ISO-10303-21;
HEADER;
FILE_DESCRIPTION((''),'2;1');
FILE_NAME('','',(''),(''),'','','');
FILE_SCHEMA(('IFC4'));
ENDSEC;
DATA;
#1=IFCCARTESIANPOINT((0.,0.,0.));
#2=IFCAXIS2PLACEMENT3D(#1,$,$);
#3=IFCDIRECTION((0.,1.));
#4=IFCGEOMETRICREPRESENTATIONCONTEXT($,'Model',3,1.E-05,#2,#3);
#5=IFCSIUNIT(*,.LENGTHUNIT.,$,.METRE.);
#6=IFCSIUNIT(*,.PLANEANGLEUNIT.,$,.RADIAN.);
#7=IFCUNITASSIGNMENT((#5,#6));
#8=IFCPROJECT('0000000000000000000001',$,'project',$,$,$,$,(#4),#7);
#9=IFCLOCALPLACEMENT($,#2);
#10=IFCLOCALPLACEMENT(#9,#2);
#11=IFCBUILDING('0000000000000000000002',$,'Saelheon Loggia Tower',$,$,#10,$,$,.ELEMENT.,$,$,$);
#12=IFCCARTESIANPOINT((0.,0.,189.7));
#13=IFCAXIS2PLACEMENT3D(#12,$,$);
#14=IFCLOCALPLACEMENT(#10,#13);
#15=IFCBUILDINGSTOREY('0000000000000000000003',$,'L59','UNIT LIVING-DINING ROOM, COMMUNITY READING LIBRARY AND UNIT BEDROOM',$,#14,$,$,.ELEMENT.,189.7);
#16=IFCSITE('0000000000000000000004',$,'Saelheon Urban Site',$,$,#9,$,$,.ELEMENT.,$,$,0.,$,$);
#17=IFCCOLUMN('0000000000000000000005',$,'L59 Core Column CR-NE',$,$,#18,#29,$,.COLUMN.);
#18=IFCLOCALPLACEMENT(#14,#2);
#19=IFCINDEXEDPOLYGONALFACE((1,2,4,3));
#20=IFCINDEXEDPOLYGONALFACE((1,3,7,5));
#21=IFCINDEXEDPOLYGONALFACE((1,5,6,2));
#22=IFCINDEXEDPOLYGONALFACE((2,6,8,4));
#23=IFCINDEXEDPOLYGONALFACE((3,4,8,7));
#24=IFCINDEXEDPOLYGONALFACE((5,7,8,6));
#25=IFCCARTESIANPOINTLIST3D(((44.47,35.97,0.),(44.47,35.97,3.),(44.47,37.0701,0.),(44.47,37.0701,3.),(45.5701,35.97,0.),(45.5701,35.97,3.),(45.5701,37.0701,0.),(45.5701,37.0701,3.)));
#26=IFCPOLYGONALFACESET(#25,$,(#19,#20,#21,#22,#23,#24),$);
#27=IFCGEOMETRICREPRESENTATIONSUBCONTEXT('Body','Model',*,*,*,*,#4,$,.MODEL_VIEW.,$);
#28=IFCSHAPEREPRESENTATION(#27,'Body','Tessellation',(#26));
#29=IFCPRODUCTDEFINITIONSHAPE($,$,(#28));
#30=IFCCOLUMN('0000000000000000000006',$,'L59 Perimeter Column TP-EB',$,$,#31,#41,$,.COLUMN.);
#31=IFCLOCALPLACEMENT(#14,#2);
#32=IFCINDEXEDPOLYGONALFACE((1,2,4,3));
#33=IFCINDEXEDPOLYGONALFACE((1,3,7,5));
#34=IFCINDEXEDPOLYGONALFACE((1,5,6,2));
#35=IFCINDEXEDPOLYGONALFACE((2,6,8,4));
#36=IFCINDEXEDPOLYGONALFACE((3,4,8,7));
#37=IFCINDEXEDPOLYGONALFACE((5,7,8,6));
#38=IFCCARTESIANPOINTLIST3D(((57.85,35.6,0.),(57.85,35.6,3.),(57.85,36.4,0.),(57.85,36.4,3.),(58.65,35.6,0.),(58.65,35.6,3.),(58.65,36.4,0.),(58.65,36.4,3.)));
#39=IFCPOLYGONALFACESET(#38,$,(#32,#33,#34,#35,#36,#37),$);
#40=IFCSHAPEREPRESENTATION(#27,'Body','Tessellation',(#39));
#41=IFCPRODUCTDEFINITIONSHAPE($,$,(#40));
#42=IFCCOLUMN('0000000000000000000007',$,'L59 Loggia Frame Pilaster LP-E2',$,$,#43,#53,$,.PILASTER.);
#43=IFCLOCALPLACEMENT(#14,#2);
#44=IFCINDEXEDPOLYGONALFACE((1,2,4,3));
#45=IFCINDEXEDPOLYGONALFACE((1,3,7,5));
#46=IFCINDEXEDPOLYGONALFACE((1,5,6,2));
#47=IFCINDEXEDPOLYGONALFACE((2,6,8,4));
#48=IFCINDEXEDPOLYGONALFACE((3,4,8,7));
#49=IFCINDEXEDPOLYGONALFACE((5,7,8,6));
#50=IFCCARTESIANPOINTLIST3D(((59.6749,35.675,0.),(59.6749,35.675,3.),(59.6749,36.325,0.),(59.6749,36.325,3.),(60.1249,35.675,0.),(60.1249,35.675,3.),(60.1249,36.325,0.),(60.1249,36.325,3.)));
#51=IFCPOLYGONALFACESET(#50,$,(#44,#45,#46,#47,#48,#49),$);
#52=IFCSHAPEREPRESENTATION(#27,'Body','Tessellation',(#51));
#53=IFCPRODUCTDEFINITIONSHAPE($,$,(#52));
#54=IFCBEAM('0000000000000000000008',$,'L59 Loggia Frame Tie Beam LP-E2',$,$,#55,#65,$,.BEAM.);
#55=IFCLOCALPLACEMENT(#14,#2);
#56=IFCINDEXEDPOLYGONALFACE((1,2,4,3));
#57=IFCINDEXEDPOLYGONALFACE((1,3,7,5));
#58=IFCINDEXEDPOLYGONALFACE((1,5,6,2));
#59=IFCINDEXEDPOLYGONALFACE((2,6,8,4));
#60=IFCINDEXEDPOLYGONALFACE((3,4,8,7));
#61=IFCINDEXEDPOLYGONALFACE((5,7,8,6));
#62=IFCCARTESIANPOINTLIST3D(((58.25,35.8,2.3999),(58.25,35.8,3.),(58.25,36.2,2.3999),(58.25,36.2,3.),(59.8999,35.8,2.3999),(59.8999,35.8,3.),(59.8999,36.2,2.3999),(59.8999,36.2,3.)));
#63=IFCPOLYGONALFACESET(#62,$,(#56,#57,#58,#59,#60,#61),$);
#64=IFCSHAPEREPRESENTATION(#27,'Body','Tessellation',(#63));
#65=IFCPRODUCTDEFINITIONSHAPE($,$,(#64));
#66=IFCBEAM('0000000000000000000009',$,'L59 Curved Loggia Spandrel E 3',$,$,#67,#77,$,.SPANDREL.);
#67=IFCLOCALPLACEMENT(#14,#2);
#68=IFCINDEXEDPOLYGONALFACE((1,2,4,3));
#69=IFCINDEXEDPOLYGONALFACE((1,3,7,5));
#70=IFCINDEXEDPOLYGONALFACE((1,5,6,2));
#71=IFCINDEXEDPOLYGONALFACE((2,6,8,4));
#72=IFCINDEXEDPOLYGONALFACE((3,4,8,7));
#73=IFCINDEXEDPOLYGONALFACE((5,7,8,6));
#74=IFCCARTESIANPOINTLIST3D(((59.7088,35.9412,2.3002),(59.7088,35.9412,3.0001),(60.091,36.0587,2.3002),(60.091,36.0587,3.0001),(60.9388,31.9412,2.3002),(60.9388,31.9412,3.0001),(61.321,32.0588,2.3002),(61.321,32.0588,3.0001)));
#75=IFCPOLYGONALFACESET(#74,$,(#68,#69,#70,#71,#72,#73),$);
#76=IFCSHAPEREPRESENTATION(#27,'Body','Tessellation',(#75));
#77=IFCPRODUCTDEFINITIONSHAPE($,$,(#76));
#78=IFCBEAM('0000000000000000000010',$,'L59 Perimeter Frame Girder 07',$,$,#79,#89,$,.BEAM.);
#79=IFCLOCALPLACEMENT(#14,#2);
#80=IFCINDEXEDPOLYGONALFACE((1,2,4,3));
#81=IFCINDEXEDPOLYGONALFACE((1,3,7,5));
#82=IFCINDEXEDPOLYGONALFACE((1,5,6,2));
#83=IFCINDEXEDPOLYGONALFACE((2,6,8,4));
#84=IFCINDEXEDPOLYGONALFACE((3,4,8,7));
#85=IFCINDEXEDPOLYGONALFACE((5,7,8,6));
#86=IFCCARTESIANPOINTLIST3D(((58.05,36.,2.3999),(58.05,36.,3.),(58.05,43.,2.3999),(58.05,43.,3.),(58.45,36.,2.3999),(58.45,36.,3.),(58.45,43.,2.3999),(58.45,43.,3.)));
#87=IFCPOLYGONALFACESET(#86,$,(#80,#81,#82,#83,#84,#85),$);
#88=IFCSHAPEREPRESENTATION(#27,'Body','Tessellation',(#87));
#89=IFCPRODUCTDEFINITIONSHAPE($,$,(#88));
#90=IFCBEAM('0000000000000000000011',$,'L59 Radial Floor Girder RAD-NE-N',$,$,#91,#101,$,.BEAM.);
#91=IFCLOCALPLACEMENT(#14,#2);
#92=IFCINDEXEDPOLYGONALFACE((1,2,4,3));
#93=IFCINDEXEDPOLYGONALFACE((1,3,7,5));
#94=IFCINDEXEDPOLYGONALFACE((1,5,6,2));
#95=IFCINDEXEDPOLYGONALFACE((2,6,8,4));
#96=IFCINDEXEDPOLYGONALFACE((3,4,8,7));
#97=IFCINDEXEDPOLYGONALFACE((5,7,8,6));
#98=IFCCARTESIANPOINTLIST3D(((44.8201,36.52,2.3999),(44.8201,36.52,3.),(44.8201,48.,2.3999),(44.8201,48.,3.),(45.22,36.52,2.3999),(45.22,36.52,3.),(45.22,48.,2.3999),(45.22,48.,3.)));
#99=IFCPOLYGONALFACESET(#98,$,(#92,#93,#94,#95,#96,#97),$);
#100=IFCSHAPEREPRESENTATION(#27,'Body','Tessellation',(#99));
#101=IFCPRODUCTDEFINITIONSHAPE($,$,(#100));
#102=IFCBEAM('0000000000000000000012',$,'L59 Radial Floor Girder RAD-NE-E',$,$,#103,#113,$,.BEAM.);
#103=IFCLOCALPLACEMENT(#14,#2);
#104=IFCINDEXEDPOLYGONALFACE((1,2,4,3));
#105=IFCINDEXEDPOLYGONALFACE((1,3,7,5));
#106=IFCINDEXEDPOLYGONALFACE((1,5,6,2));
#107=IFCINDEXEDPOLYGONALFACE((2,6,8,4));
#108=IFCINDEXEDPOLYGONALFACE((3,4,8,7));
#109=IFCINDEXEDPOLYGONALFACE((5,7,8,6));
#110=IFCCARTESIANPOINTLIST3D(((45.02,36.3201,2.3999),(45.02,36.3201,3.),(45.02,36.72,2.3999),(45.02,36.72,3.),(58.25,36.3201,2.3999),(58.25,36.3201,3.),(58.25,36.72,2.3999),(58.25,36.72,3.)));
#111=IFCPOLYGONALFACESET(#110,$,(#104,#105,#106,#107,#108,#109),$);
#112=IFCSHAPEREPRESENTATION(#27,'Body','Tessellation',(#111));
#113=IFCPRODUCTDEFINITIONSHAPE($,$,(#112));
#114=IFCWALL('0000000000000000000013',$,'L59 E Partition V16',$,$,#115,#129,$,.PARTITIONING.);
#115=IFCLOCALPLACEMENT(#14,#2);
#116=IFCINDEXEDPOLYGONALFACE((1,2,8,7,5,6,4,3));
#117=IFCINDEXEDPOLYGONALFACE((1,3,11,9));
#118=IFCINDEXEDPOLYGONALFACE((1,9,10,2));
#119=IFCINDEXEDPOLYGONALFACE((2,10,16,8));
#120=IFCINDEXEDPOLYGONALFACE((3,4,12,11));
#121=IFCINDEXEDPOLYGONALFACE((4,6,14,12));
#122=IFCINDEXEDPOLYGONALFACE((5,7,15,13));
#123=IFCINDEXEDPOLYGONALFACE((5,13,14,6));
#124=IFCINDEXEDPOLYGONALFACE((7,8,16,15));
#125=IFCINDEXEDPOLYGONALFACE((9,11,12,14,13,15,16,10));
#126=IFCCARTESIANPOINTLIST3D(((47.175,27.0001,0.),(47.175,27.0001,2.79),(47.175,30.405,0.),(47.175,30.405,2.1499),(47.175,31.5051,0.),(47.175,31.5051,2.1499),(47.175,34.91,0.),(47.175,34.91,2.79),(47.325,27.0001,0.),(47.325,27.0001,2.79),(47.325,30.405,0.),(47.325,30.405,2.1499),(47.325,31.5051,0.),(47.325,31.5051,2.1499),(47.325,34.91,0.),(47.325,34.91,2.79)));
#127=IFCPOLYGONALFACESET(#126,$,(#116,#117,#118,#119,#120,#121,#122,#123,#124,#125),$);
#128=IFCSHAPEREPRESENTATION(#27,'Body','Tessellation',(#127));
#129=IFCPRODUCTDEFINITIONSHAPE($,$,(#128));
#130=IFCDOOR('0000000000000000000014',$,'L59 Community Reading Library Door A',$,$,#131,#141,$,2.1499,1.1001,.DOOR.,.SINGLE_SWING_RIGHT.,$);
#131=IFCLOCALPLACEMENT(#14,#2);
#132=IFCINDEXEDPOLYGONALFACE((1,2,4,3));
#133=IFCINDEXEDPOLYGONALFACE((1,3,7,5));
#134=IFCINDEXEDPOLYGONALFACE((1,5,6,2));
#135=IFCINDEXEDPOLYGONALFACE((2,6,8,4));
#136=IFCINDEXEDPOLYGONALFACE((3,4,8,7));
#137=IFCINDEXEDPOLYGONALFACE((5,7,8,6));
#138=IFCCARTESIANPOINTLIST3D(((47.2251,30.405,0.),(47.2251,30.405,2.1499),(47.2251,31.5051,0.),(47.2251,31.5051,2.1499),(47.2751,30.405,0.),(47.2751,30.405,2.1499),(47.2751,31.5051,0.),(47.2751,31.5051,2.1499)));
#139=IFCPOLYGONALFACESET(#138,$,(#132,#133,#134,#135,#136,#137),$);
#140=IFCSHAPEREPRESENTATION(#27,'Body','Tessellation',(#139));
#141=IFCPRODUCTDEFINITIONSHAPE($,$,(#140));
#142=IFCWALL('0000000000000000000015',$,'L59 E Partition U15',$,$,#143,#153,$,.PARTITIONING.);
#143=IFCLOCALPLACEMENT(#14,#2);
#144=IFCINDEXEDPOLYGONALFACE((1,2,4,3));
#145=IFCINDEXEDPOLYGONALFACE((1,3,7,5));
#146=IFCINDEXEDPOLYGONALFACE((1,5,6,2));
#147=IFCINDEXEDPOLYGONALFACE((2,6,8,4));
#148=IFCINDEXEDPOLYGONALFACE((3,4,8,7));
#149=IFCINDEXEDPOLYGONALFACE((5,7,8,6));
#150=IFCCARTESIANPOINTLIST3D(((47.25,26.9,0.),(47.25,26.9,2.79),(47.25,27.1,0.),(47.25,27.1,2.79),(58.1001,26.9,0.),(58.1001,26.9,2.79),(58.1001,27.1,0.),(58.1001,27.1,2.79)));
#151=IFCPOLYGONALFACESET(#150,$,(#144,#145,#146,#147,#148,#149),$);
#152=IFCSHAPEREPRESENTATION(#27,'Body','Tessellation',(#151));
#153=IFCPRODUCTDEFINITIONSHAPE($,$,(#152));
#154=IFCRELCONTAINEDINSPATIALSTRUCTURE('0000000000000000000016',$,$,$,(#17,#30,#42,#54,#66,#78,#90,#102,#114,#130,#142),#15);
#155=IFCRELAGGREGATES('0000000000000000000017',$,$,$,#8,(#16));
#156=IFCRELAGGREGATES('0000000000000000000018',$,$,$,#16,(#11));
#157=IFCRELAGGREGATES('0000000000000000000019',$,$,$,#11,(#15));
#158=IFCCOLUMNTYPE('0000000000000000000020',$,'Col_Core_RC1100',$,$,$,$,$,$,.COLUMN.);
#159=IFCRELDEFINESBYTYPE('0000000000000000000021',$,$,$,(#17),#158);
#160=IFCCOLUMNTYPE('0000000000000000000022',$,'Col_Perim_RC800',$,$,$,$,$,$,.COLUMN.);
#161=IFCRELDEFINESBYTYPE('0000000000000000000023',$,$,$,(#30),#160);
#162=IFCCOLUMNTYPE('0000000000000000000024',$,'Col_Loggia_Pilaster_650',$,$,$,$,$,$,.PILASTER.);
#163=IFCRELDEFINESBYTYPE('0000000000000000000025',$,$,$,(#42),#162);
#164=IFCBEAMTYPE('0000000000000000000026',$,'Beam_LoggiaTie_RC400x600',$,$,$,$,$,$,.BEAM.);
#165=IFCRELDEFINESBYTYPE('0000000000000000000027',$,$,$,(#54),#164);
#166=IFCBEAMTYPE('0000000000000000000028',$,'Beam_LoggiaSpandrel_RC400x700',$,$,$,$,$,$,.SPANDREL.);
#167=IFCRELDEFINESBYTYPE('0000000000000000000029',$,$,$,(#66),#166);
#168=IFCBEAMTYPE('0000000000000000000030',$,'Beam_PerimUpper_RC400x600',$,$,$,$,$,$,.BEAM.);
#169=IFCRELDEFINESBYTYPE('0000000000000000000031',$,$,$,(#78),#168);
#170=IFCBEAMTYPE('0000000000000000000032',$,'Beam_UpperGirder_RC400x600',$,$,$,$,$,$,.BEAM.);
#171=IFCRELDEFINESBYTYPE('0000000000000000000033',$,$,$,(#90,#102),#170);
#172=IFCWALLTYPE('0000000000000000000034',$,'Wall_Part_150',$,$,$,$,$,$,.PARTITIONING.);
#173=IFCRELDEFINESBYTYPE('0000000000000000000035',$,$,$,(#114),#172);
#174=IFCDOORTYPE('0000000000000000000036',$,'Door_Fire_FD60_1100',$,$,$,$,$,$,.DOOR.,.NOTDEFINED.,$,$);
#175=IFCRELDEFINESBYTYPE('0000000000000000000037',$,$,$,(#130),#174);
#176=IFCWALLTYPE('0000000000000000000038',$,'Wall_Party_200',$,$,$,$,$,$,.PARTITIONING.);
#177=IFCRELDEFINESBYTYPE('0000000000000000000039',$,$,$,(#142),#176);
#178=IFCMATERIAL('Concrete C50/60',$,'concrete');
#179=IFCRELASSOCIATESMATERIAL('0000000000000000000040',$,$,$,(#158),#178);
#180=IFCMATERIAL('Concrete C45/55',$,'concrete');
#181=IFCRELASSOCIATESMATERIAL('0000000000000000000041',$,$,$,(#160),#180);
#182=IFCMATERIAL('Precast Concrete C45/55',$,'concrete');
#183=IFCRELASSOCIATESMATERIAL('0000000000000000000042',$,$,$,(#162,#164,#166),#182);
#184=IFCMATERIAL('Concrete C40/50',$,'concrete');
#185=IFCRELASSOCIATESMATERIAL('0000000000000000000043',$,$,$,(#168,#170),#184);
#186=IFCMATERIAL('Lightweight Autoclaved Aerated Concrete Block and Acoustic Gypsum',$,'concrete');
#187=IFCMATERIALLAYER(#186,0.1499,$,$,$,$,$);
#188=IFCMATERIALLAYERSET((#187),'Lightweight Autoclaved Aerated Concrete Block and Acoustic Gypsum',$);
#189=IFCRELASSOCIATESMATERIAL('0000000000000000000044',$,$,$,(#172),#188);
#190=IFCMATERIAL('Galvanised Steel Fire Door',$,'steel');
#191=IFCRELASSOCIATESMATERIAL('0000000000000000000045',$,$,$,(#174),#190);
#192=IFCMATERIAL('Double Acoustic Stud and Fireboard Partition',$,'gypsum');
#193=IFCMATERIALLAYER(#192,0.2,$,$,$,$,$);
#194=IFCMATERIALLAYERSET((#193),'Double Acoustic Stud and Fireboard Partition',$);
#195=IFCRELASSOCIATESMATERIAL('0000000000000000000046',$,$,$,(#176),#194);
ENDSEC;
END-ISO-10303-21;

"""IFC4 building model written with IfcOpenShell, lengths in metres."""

from ifc_helpers import new_model, si_unit, direction, frame, frame_2d, origin, origin_2d, place, context, subcontext, project, spatial, rectangle, extrude, source, transform, mapped, material, layer, layer_set, material_profile, profile_set, type_object, element, fill, save


model = new_model("IFC4")

# Units and contexts
model_context = context("Model", 3, precision=1e-05, world=origin(), true_north=direction((0.0, 1.0)))
body_context = subcontext(model_context, "Body", "Model", "MODEL_VIEW")
ifc_project = project(units=[si_unit("LENGTHUNIT", "METRE"), si_unit("PLANEANGLEUNIT", "RADIAN")], contexts=[model_context])

# Site, building, storey
site_placement = place(None, origin())
site = spatial("IfcSite", under=ifc_project, at=site_placement, Name="Saelheon Urban Site", CompositionType="ELEMENT", RefElevation=0.0)
building_placement = place(site_placement, origin())
building = spatial("IfcBuilding", under=site, at=building_placement, Name="Saelheon Loggia Tower", CompositionType="ELEMENT")
storey_placement = place(building_placement, frame((0.0, 0.0, 189.7)))
storey = spatial("IfcBuildingStorey", under=building, at=storey_placement, Name="L59", Description="UNIT LIVING-DINING ROOM, COMMUNITY READING LIBRARY AND UNIT BEDROOM", CompositionType="ELEMENT", Elevation=189.7)

# Columns
ifc_material_1 = material(Name="Concrete C50/60", Category="concrete")
ifc_material_profile_1 = material_profile(ifc_material_1, rectangle(XDim=1.1001, YDim=1.1001, at=origin_2d()), Name="RC-1100x1100")
ifc_profile_set_1 = profile_set([ifc_material_profile_1], Name="Concrete C50/60")
column_type_1 = type_object("IfcColumnType", Name="Col_Core_RC1100", PredefinedType="COLUMN", material=ifc_profile_set_1)
shared_shape_1 = source(origin(), body_context, "Body", "SweptSolid", [
    extrude(rectangle(XDim=1.1001, YDim=1.1001, at=origin_2d()), origin(), (0.0, 0.0, 1.0), 3.0),
])
column_1_placement = place(storey_placement, frame((45.02, 36.52, 0.0), z_axis=(0.0, 0.0, 1.0), x_axis=(1.0, 0.0, 0.0)))
element("IfcColumn", 1, at=column_1_placement, inside=storey, type_object=column_type_1, Name="L59 Core Column CR-NE", PredefinedType="COLUMN", context=body_context, shape_type="MappedRepresentation", body=[
    mapped(shared_shape_1, transform((0.0, 0.0, 0.0), scale=1.0)),
])
ifc_material_2 = material(Name="Concrete C45/55", Category="concrete")
ifc_material_profile_2 = material_profile(ifc_material_2, rectangle(XDim=0.8, YDim=0.8, at=origin_2d()), Name="RC-800x800")
ifc_profile_set_2 = profile_set([ifc_material_profile_2], Name="Concrete C45/55")
column_type_2 = type_object("IfcColumnType", Name="Col_Perim_RC800", PredefinedType="COLUMN", material=ifc_profile_set_2)
shared_shape_2 = source(origin(), body_context, "Body", "SweptSolid", [
    extrude(rectangle(XDim=0.8, YDim=0.8, at=origin_2d()), origin(), (0.0, 0.0, 1.0), 3.0),
])
column_2_placement = place(storey_placement, frame((58.25, 36.0, 0.0), z_axis=(0.0, 0.0, 1.0), x_axis=(1.0, 0.0, 0.0)))
element("IfcColumn", 2, at=column_2_placement, inside=storey, type_object=column_type_2, Name="L59 Perimeter Column TP-EB", PredefinedType="COLUMN", context=body_context, shape_type="MappedRepresentation", body=[
    mapped(shared_shape_2, transform((0.0, 0.0, 0.0), scale=1.0)),
])
ifc_material_3 = material(Name="Precast Concrete C45/55", Category="concrete")
ifc_material_profile_3 = material_profile(ifc_material_3, rectangle(XDim=0.45, YDim=0.6499, at=origin_2d()), Name="RC-450x650")
ifc_profile_set_3 = profile_set([ifc_material_profile_3], Name="Precast Concrete C45/55")
column_type_3 = type_object("IfcColumnType", Name="Col_Loggia_Pilaster_650", PredefinedType="PILASTER", material=ifc_profile_set_3)
shared_shape_3 = source(origin(), body_context, "Body", "SweptSolid", [
    extrude(rectangle(XDim=0.45, YDim=0.6499, at=origin_2d()), origin(), (0.0, 0.0, 1.0), 3.0),
])
column_3_placement = place(storey_placement, frame((59.8999, 36.0, 0.0), z_axis=(0.0, 0.0, 1.0), x_axis=(1.0, 0.0, 0.0)))
element("IfcColumn", 3, at=column_3_placement, inside=storey, type_object=column_type_3, Name="L59 Loggia Frame Pilaster LP-E2", PredefinedType="PILASTER", context=body_context, shape_type="MappedRepresentation", body=[
    mapped(shared_shape_3, transform((0.0, 0.0, 0.0), scale=1.0)),
])

# Beams
ifc_material_profile_4 = material_profile(ifc_material_3, rectangle(XDim=0.3999, YDim=0.6001, at=origin_2d()), Name="RC-400x600")
ifc_profile_set_4 = profile_set([ifc_material_profile_4], Name="Precast Concrete C45/55")
beam_type_1 = type_object("IfcBeamType", Name="Beam_LoggiaTie_RC400x600", PredefinedType="BEAM", material=ifc_profile_set_4)
shared_shape_4 = source(origin(), body_context, "Body", "SweptSolid", [
    extrude(rectangle(XDim=0.3999, YDim=0.6001, at=origin_2d()), origin(), (0.0, 0.0, 1.0), 1.6499),
])
beam_1_placement = place(storey_placement, frame((58.25, 36.0, 2.7), z_axis=(1.0, 0.0, 0.0), x_axis=(0.0, 1.0, 0.0)))
element("IfcBeam", 4, at=beam_1_placement, inside=storey, type_object=beam_type_1, Name="L59 Loggia Frame Tie Beam LP-E2", PredefinedType="BEAM", context=body_context, shape_type="MappedRepresentation", body=[
    mapped(shared_shape_4, transform((0.0, 0.0, 0.0), scale=1.0)),
])
ifc_material_profile_5 = material_profile(ifc_material_3, rectangle(XDim=0.3999, YDim=0.7, at=origin_2d()), Name="RC-400x700")
ifc_profile_set_5 = profile_set([ifc_material_profile_5], Name="Precast Concrete C45/55")
beam_type_2 = type_object("IfcBeamType", Name="Beam_LoggiaSpandrel_RC400x700", PredefinedType="SPANDREL", material=ifc_profile_set_5)
shared_shape_5 = source(origin(), body_context, "Body", "SweptSolid", [
    extrude(rectangle(XDim=0.3999, YDim=0.7, at=origin_2d()), origin(), (0.0, 0.0, 1.0), 4.1848),
])
beam_2_placement = place(storey_placement, frame((61.1299, 32.0, 2.6501), z_axis=(-0.293914, 0.955832, 0.0), x_axis=(-0.955832, -0.293914, 0.0)))
element("IfcBeam", 5, at=beam_2_placement, inside=storey, type_object=beam_type_2, Name="L59 Curved Loggia Spandrel E 3", PredefinedType="SPANDREL", context=body_context, shape_type="MappedRepresentation", body=[
    mapped(shared_shape_5, transform((0.0, 0.0, 0.0), scale=1.0)),
])
ifc_material_4 = material(Name="Concrete C40/50", Category="concrete")
ifc_material_profile_6 = material_profile(ifc_material_4, rectangle(XDim=0.3999, YDim=0.6001, at=origin_2d()), Name="RC-400x600")
ifc_profile_set_6 = profile_set([ifc_material_profile_6], Name="Concrete C40/50")
beam_type_3 = type_object("IfcBeamType", Name="Beam_PerimUpper_RC400x600", PredefinedType="BEAM", material=ifc_profile_set_6)
shared_shape_6 = source(origin(), body_context, "Body", "SweptSolid", [
    extrude(rectangle(XDim=0.3999, YDim=0.6001, at=origin_2d()), origin(), (0.0, 0.0, 1.0), 7.0),
])
beam_3_placement = place(storey_placement, frame((58.25, 36.0, 2.7), z_axis=(0.0, 1.0, 0.0), x_axis=(-1.0, 0.0, 0.0)))
element("IfcBeam", 6, at=beam_3_placement, inside=storey, type_object=beam_type_3, Name="L59 Perimeter Frame Girder 07", PredefinedType="BEAM", context=body_context, shape_type="MappedRepresentation", body=[
    mapped(shared_shape_6, transform((0.0, 0.0, 0.0), scale=1.0)),
])
ifc_material_profile_7 = material_profile(ifc_material_4, rectangle(XDim=0.3999, YDim=0.6001, at=origin_2d()), Name="RC-400x600")
ifc_profile_set_7 = profile_set([ifc_material_profile_7], Name="Concrete C40/50")
beam_type_4 = type_object("IfcBeamType", Name="Beam_UpperGirder_RC400x600", PredefinedType="BEAM", material=ifc_profile_set_7)
shared_shape_7 = source(origin(), body_context, "Body", "SweptSolid", [
    extrude(rectangle(XDim=0.3999, YDim=0.6001, at=origin_2d()), origin(), (0.0, 0.0, 1.0), 11.48),
])
beam_4_placement = place(storey_placement, frame((45.02, 36.52, 2.7), z_axis=(0.0, 1.0, 0.0), x_axis=(-1.0, 0.0, 0.0)))
element("IfcBeam", 7, at=beam_4_placement, inside=storey, type_object=beam_type_4, Name="L59 Radial Floor Girder RAD-NE-N", PredefinedType="BEAM", context=body_context, shape_type="MappedRepresentation", body=[
    mapped(shared_shape_7, transform((0.0, 0.0, 0.0), scale=1.0)),
])
shared_shape_8 = source(origin(), body_context, "Body", "SweptSolid", [
    extrude(rectangle(XDim=0.3999, YDim=0.6001, at=origin_2d()), origin(), (0.0, 0.0, 1.0), 13.23),
])
beam_5_placement = place(storey_placement, frame((45.02, 36.52, 2.7), z_axis=(1.0, 0.0, 0.0), x_axis=(0.0, 1.0, 0.0)))
element("IfcBeam", 8, at=beam_5_placement, inside=storey, type_object=beam_type_4, Name="L59 Radial Floor Girder RAD-NE-E", PredefinedType="BEAM", context=body_context, shape_type="MappedRepresentation", body=[
    mapped(shared_shape_8, transform((0.0, 0.0, 0.0), scale=1.0)),
])

# Wall, opening, door
ifc_material_5 = material(Name="Lightweight Autoclaved Aerated Concrete Block and Acoustic Gypsum", Category="concrete")
ifc_layer_1 = layer(ifc_material_5, 0.1499)
ifc_layer_set_1 = layer_set([ifc_layer_1], Name="Lightweight Autoclaved Aerated Concrete Block and Acoustic Gypsum")
wall_type_1 = type_object("IfcWallType", Name="Wall_Part_150", PredefinedType="PARTITIONING", material=ifc_layer_set_1)
wall_1_placement = place(storey_placement, frame((47.25, 27.0, 0.0), z_axis=(0.0, 0.0, 1.0), x_axis=(0.0, 1.0, 0.0)))
wall_1 = element("IfcWall", 9, at=wall_1_placement, inside=storey, type_object=wall_type_1, Name="L59 E Partition V16", PredefinedType="PARTITIONING", context=body_context, shape_type="SweptSolid", body=[
    extrude(rectangle(XDim=7.9099, YDim=0.1499, at=frame_2d((3.9551, 0.0))), origin(), (0.0, 0.0, 1.0), 2.79),
])
opening_1_placement = place(wall_1_placement, frame((3.405, 0.0, 0.0)))
opening_1 = element("IfcOpeningElement", 10, at=opening_1_placement, cuts=wall_1, PredefinedType="OPENING", context=body_context, shape_type="SweptSolid", body=[
    extrude(rectangle(XDim=1.1001, YDim=2.1499, at=frame_2d((0.55, 1.075))), frame((0.0, 0.0869, 0.0), z_axis=(0.0, -1.0, 0.0), x_axis=(1.0, 0.0, 0.0)), (0.0, 0.0, 1.0), 0.1738),
])
ifc_material_6 = material(Name="Galvanised Steel Fire Door", Category="steel")
door_type_1 = type_object("IfcDoorType", Name="Door_Fire_FD60_1100", OperationType="NOTDEFINED", PredefinedType="DOOR", material=ifc_material_6)
shared_shape_9 = source(origin(), body_context, "Body", "SweptSolid", [
    extrude(rectangle(XDim=1.1001, YDim=2.1499, at=frame_2d((0.55, 1.075))), frame((0.0, 0.0249, 0.0), z_axis=(0.0, -1.0, 0.0), x_axis=(1.0, 0.0, 0.0)), (0.0, 0.0, 1.0), 0.05),
])
door_1_placement = place(opening_1_placement, origin())
door_1 = element("IfcDoor", 11, at=door_1_placement, inside=storey, type_object=door_type_1, Name="L59 Community Reading Library Door A", OperationType="SINGLE_SWING_RIGHT", OverallHeight=2.1499, OverallWidth=1.1001, PredefinedType="DOOR", context=body_context, shape_type="MappedRepresentation", body=[
    mapped(shared_shape_9, transform((0.0, 0.0, 0.0), scale=1.0)),
])
fill(opening_1, door_1)

# Wall
ifc_material_7 = material(Name="Double Acoustic Stud and Fireboard Partition", Category="gypsum")
ifc_layer_2 = layer(ifc_material_7, 0.2)
ifc_layer_set_2 = layer_set([ifc_layer_2], Name="Double Acoustic Stud and Fireboard Partition")
wall_type_2 = type_object("IfcWallType", Name="Wall_Party_200", PredefinedType="PARTITIONING", material=ifc_layer_set_2)
for number, where, z_axis, x_axis, name in (
    (12, (47.25, 27.0, 0.0), (0.0, 0.0, 1.0), (1.0, 0.0, 0.0), "L59 E Partition U15"),
):
    element("IfcWall", number, at=place(storey_placement, frame(where, z_axis=z_axis, x_axis=x_axis)), inside=storey, type_object=wall_type_2, Name=name, PredefinedType="PARTITIONING", context=body_context, shape_type="SweptSolid", body=[
        extrude(rectangle(XDim=10.8501, YDim=0.2, at=frame_2d((5.425, 0.0))), origin(), (0.0, 0.0, 1.0), 2.79),
    ])

save(model, "model.ifc")
